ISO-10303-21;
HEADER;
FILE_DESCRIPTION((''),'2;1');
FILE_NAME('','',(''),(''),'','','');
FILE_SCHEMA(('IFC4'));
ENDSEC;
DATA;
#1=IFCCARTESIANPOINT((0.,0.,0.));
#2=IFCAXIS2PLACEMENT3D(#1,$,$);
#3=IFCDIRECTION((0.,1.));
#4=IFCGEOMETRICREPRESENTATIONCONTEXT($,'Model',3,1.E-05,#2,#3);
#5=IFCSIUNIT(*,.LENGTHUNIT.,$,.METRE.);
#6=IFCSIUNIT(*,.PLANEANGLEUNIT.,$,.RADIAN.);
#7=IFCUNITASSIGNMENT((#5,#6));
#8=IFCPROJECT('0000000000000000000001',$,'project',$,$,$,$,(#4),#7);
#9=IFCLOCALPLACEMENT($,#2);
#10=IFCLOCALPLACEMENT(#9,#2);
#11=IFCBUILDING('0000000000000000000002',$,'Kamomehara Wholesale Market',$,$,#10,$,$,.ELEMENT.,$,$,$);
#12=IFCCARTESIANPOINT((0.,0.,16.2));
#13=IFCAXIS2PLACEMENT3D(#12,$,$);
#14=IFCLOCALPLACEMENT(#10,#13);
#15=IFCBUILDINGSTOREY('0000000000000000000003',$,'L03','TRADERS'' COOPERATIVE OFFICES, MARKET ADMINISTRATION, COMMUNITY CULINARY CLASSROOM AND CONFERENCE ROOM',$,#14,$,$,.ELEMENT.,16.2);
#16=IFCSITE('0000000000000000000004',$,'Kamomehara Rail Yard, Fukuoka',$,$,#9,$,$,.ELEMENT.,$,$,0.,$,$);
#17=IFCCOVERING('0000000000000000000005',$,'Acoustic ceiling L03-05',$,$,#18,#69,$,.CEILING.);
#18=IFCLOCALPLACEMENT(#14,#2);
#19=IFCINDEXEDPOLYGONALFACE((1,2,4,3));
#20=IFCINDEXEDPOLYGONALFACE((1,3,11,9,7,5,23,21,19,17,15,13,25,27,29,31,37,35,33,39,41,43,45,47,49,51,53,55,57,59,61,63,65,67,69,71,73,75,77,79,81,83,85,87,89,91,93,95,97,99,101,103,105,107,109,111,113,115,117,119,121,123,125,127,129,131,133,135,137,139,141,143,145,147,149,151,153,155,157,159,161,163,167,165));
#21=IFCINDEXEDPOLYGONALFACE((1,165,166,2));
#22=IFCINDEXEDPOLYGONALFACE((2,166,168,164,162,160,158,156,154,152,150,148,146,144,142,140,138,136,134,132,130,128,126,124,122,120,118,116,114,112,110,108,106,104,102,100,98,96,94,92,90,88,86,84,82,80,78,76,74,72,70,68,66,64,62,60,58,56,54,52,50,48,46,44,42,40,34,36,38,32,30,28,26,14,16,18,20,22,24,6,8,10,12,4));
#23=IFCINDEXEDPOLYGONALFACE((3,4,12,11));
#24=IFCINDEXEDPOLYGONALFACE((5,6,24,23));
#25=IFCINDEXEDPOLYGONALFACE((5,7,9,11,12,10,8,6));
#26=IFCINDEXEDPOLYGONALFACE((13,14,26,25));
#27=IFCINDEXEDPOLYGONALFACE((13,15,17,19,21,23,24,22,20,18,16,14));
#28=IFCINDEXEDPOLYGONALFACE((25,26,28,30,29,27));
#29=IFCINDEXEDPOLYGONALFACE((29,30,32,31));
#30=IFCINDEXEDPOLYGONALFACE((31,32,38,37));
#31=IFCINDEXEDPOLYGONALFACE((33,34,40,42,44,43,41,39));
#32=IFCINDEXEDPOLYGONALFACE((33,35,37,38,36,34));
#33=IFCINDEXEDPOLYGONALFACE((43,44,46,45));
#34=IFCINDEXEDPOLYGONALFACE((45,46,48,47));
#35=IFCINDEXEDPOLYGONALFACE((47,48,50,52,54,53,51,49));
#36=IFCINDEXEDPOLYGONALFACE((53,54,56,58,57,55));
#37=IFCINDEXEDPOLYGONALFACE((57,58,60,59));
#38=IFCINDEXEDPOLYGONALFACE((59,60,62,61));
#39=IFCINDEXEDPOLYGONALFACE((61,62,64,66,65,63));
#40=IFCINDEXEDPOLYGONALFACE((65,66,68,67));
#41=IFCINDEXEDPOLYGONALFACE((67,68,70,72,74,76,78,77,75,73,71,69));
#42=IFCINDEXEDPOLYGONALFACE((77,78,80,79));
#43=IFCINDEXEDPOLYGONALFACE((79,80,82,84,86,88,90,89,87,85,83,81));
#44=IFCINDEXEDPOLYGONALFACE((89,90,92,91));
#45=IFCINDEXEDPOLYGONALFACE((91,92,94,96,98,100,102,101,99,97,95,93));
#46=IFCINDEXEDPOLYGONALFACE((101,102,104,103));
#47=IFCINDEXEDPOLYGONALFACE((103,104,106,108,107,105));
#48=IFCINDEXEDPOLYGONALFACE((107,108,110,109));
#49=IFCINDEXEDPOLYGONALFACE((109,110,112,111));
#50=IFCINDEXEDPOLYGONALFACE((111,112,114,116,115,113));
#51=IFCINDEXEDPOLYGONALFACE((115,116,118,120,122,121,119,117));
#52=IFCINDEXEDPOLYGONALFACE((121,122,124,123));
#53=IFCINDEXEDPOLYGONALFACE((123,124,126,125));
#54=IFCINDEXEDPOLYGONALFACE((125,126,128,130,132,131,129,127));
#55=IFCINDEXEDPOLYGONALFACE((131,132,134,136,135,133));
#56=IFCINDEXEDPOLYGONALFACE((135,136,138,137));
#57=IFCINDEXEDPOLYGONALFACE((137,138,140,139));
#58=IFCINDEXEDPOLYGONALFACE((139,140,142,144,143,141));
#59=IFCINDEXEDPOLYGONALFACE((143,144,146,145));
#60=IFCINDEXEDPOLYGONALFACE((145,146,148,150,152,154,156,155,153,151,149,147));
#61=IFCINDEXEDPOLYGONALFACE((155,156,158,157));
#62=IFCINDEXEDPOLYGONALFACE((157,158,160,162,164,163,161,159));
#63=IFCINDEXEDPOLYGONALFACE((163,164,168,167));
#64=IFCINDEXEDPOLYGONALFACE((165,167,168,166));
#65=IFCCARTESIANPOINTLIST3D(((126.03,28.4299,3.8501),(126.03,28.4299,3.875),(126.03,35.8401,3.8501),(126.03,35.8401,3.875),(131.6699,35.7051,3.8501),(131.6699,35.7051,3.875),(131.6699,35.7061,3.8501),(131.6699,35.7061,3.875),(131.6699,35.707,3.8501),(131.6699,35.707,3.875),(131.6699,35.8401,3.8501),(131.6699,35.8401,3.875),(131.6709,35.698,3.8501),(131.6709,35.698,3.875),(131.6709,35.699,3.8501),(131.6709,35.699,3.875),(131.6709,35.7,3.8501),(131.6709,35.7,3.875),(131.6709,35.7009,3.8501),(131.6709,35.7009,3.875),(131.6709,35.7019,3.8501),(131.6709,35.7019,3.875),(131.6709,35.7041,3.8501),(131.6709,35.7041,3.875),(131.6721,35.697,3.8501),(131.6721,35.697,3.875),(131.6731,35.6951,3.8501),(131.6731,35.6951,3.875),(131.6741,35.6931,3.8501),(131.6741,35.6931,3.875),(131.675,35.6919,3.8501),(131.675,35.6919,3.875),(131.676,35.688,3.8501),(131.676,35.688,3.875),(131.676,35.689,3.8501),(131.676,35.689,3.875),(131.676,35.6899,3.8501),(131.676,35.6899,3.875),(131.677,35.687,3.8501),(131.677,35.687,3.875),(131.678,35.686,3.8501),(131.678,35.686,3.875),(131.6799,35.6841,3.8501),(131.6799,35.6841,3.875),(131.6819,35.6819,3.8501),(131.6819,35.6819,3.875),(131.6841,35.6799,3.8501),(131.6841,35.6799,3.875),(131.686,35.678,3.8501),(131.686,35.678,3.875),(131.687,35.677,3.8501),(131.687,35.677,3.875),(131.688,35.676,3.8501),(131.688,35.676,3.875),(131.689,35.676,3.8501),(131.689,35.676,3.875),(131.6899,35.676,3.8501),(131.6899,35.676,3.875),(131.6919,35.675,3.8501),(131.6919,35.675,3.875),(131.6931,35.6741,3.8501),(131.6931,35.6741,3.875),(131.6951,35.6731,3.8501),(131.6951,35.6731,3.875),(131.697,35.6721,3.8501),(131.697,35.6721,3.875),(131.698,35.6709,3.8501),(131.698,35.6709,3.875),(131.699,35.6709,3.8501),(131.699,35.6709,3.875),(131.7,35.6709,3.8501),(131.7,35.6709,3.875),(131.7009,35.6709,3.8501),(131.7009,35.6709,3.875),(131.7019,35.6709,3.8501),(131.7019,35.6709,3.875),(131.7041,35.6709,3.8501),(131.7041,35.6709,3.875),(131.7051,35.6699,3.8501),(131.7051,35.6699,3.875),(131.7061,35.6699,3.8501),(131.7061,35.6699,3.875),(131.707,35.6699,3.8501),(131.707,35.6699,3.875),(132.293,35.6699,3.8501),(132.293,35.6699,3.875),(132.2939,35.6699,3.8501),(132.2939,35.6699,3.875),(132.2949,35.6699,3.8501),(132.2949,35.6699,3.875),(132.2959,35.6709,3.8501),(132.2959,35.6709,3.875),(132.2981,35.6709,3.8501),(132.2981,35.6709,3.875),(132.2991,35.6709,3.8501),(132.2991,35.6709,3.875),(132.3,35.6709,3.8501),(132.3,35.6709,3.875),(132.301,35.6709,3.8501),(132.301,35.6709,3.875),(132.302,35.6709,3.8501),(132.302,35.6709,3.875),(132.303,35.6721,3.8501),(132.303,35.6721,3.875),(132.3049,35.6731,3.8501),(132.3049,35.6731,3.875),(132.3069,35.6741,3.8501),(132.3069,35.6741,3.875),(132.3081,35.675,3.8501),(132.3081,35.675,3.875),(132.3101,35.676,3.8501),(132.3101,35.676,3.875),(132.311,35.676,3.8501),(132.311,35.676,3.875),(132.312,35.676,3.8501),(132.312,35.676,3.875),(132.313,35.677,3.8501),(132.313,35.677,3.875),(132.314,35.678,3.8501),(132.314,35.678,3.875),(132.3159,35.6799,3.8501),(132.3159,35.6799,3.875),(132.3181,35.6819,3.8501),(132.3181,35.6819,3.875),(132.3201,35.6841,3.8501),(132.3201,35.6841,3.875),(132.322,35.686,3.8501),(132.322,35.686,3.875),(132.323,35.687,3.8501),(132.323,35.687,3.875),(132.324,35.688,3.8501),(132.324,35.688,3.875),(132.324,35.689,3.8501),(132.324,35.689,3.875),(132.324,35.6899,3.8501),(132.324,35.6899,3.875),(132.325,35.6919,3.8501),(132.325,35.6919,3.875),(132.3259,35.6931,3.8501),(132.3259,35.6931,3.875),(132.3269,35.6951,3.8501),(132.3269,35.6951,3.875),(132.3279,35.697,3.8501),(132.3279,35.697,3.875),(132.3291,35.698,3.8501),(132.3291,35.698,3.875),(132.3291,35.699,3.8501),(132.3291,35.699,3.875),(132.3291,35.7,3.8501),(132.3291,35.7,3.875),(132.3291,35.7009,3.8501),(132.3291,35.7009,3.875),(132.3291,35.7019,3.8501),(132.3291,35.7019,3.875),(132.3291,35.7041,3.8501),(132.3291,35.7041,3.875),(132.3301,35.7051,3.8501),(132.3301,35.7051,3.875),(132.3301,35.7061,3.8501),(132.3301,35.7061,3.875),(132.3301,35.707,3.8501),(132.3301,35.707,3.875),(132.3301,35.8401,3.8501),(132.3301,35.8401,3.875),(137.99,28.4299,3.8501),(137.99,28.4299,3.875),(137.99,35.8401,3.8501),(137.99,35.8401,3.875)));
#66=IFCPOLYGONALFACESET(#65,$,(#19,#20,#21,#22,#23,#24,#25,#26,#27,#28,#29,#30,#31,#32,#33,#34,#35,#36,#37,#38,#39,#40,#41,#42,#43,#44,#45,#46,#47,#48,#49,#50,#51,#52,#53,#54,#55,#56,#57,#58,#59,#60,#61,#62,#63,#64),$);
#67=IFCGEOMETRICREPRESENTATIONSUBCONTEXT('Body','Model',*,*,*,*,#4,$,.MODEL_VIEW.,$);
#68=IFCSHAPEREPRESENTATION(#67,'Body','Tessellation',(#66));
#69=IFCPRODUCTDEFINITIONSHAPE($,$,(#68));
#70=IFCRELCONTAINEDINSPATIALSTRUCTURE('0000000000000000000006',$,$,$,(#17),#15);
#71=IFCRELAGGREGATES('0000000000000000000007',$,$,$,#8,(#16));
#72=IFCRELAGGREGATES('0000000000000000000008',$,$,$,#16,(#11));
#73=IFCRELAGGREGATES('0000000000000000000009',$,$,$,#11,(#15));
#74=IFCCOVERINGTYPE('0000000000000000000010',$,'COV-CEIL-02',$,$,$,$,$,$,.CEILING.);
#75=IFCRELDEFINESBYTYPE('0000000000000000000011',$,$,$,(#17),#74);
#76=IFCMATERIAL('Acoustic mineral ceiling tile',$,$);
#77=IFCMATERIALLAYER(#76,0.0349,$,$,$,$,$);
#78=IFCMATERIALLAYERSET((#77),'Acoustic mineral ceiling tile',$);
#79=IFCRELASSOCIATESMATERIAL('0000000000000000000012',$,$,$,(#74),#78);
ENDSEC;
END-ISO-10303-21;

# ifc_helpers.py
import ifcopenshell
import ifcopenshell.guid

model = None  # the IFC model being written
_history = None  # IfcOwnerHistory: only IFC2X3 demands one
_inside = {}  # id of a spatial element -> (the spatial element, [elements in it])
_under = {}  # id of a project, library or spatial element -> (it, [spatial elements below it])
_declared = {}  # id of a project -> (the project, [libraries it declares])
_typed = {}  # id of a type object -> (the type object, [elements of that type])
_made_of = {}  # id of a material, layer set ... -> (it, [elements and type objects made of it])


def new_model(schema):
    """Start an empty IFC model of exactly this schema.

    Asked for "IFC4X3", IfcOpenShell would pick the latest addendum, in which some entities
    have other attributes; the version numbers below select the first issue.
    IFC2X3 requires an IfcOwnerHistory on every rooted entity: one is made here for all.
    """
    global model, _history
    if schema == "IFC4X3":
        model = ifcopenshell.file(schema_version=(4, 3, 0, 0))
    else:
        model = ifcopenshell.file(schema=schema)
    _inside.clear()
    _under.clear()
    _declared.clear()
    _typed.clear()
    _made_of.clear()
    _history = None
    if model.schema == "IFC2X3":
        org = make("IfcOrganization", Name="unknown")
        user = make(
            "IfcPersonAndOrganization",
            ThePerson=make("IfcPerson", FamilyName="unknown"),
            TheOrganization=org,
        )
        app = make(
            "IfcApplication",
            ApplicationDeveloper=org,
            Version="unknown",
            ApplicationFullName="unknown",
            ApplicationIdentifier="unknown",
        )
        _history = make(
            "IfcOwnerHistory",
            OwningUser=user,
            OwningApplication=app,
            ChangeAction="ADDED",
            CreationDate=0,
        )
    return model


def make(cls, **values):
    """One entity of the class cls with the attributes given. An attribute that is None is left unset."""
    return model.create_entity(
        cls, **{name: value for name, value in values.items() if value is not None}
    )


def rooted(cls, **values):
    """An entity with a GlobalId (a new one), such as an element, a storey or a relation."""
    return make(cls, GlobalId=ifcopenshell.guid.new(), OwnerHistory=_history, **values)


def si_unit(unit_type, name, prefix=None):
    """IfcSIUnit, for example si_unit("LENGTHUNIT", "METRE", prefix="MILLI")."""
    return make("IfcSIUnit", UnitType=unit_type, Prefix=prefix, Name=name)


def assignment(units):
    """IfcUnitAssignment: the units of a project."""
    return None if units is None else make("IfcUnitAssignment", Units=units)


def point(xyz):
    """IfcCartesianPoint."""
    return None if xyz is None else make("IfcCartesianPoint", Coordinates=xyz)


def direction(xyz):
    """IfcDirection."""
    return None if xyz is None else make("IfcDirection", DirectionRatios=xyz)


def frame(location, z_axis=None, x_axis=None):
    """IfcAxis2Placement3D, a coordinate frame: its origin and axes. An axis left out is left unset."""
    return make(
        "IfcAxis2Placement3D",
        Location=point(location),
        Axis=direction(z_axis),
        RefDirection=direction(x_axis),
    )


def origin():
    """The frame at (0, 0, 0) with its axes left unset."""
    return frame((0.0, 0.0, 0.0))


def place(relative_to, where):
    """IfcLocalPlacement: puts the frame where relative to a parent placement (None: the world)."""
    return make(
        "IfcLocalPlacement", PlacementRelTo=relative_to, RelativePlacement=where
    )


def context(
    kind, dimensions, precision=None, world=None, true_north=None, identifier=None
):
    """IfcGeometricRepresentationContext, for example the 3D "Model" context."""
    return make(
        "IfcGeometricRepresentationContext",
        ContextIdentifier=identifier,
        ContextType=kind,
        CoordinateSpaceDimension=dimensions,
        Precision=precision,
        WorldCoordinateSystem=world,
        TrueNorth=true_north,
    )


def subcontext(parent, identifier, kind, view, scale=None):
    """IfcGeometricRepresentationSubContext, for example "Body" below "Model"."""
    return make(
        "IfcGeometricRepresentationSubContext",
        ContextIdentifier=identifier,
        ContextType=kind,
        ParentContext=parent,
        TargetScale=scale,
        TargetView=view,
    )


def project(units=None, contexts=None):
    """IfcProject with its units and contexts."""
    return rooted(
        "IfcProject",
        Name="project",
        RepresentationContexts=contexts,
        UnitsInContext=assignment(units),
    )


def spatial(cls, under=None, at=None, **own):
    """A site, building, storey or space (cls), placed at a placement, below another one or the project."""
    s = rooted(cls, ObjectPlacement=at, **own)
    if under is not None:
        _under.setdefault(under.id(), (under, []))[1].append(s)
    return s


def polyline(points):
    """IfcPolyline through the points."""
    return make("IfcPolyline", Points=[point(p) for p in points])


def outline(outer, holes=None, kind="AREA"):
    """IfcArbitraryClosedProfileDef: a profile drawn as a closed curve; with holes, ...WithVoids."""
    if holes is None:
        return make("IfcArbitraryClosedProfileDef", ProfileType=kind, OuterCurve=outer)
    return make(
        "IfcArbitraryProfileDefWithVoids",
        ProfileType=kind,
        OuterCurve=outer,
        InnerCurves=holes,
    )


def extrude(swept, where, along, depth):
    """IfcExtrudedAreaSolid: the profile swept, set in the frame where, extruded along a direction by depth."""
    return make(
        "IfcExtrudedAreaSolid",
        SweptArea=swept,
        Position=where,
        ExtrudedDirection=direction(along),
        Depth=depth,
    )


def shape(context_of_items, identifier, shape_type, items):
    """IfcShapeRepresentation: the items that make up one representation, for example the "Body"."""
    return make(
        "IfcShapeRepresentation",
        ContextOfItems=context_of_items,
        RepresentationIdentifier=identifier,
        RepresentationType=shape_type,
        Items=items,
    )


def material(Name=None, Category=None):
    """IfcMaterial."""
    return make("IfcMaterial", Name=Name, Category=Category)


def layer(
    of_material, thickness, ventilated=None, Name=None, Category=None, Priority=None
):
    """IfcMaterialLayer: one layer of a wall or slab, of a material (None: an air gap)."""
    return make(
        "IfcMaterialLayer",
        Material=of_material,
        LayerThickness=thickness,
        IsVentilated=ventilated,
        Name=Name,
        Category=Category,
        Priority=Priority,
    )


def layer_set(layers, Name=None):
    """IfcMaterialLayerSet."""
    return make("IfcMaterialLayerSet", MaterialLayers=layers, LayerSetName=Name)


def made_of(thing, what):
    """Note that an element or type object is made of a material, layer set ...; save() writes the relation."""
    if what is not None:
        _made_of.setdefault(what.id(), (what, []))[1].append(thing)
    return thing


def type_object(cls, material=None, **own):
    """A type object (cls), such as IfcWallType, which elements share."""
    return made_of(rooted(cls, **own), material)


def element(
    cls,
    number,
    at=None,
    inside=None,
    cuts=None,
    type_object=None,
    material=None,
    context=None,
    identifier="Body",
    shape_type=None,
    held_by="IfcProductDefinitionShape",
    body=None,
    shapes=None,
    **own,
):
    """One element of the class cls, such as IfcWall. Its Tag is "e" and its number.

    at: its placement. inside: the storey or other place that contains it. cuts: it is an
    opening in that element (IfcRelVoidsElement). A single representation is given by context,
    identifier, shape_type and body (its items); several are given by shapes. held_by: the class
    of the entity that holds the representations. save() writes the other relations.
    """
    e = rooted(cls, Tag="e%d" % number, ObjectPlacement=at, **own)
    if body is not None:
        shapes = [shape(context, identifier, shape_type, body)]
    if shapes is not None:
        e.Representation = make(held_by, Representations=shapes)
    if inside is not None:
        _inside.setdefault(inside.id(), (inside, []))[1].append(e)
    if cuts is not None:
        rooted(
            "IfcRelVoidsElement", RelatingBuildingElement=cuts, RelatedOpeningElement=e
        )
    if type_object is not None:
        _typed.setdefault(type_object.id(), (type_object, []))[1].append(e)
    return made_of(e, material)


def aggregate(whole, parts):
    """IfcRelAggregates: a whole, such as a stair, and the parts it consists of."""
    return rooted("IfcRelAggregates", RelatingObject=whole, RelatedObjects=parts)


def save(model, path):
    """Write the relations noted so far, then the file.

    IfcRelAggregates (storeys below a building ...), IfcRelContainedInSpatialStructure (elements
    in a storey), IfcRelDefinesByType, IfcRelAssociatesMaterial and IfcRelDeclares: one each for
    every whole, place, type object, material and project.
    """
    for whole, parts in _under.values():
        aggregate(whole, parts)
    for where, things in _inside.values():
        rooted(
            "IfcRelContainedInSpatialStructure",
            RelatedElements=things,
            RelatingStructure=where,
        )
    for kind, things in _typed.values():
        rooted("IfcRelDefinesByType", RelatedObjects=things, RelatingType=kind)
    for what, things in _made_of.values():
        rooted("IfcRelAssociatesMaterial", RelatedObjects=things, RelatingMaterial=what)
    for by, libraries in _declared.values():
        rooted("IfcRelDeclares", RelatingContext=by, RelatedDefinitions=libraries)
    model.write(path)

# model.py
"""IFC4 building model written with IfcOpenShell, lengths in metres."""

from ifc_helpers import new_model, si_unit, direction, frame, origin, place, context, subcontext, project, spatial, polyline, outline, extrude, material, layer, layer_set, type_object, element, save


model = new_model("IFC4")

# Units and contexts
model_context = context("Model", 3, precision=1e-05, world=origin(), true_north=direction((0.0, 1.0)))
body_context = subcontext(model_context, "Body", "Model", "MODEL_VIEW")
ifc_project = project(units=[si_unit("LENGTHUNIT", "METRE"), si_unit("PLANEANGLEUNIT", "RADIAN")], contexts=[model_context])

# Site, building, storey
site_placement = place(None, origin())
site = spatial("IfcSite", under=ifc_project, at=site_placement, Name="Kamomehara Rail Yard, Fukuoka", CompositionType="ELEMENT", RefElevation=0.0)
building_placement = place(site_placement, origin())
building = spatial("IfcBuilding", under=site, at=building_placement, Name="Kamomehara Wholesale Market", CompositionType="ELEMENT")
storey_placement = place(building_placement, frame((0.0, 0.0, 16.2)))
storey = spatial("IfcBuildingStorey", under=building, at=storey_placement, Name="L03", Description="TRADERS' COOPERATIVE OFFICES, MARKET ADMINISTRATION, COMMUNITY CULINARY CLASSROOM AND CONFERENCE ROOM", CompositionType="ELEMENT", Elevation=16.2)

# Covering
ifc_material_1 = material(Name="Acoustic mineral ceiling tile")
ifc_layer_1 = layer(ifc_material_1, 0.0349)
ifc_layer_set_1 = layer_set([ifc_layer_1], Name="Acoustic mineral ceiling tile")
covering_type_1 = type_object("IfcCoveringType", Name="COV-CEIL-02", PredefinedType="CEILING", material=ifc_layer_set_1)
covering_1_placement = place(storey_placement, frame((0.0, 0.0, 3.8501)))
element("IfcCovering", 1, at=covering_1_placement, inside=storey, type_object=covering_type_1, Name="Acoustic ceiling L03-05", PredefinedType="CEILING", context=body_context, shape_type="SweptSolid", body=[
    extrude(outline(polyline([(131.6731, 35.6951), (131.6741, 35.6931), (131.675, 35.6919), (131.676, 35.6899), (131.676, 35.689), (131.676, 35.688), (131.677, 35.687), (131.677, 35.687), (131.678, 35.686), (131.6799, 35.6841), (131.6819, 35.6819), (131.6841, 35.6799), (131.686, 35.678), (131.687, 35.677), (131.687, 35.677), (131.688, 35.676), (131.689, 35.676), (131.6899, 35.676), (131.6919, 35.675), (131.6931, 35.6741), (131.6951, 35.6731), (131.697, 35.6721), (131.697, 35.6721), (131.698, 35.6709), (131.699, 35.6709), (131.7, 35.6709), (131.7009, 35.6709), (131.7019, 35.6709), (131.7041, 35.6709), (131.7051, 35.6699), (131.7061, 35.6699), (131.707, 35.6699), (132.293, 35.6699), (132.2939, 35.6699), (132.2949, 35.6699), (132.2959, 35.6709), (132.2981, 35.6709), (132.2991, 35.6709), (132.3, 35.6709), (132.301, 35.6709), (132.302, 35.6709), (132.303, 35.6721), (132.303, 35.6721), (132.3049, 35.6731), (132.3069, 35.6741), (132.3081, 35.675), (132.3101, 35.676), (132.311, 35.676), (132.312, 35.676), (132.313, 35.677), (132.313, 35.677), (132.314, 35.678), (132.3159, 35.6799), (132.3181, 35.6819), (132.3201, 35.6841), (132.322, 35.686), (132.323, 35.687), (132.323, 35.687), (132.324, 35.688), (132.324, 35.689), (132.324, 35.6899), (132.325, 35.6919), (132.3259, 35.6931), (132.3269, 35.6951), (132.3279, 35.697), (132.3279, 35.697), (132.3291, 35.698), (132.3291, 35.699), (132.3291, 35.7), (132.3291, 35.7009), (132.3291, 35.7019), (132.3291, 35.7041), (132.3301, 35.7051), (132.3301, 35.7061), (132.3301, 35.707), (132.3301, 35.8401), (137.99, 35.8401), (137.99, 28.4299), (126.03, 28.4299), (126.03, 35.8401), (131.6699, 35.8401), (131.6699, 35.707), (131.6699, 35.7061), (131.6699, 35.7051), (131.6709, 35.7041), (131.6709, 35.7019), (131.6709, 35.7009), (131.6709, 35.7), (131.6709, 35.699), (131.6709, 35.698), (131.6721, 35.697), (131.6721, 35.697), (131.6731, 35.6951)])), origin(), (0.0, 0.0, 1.0), 0.0249),
])

save(model, "model.ifc")
